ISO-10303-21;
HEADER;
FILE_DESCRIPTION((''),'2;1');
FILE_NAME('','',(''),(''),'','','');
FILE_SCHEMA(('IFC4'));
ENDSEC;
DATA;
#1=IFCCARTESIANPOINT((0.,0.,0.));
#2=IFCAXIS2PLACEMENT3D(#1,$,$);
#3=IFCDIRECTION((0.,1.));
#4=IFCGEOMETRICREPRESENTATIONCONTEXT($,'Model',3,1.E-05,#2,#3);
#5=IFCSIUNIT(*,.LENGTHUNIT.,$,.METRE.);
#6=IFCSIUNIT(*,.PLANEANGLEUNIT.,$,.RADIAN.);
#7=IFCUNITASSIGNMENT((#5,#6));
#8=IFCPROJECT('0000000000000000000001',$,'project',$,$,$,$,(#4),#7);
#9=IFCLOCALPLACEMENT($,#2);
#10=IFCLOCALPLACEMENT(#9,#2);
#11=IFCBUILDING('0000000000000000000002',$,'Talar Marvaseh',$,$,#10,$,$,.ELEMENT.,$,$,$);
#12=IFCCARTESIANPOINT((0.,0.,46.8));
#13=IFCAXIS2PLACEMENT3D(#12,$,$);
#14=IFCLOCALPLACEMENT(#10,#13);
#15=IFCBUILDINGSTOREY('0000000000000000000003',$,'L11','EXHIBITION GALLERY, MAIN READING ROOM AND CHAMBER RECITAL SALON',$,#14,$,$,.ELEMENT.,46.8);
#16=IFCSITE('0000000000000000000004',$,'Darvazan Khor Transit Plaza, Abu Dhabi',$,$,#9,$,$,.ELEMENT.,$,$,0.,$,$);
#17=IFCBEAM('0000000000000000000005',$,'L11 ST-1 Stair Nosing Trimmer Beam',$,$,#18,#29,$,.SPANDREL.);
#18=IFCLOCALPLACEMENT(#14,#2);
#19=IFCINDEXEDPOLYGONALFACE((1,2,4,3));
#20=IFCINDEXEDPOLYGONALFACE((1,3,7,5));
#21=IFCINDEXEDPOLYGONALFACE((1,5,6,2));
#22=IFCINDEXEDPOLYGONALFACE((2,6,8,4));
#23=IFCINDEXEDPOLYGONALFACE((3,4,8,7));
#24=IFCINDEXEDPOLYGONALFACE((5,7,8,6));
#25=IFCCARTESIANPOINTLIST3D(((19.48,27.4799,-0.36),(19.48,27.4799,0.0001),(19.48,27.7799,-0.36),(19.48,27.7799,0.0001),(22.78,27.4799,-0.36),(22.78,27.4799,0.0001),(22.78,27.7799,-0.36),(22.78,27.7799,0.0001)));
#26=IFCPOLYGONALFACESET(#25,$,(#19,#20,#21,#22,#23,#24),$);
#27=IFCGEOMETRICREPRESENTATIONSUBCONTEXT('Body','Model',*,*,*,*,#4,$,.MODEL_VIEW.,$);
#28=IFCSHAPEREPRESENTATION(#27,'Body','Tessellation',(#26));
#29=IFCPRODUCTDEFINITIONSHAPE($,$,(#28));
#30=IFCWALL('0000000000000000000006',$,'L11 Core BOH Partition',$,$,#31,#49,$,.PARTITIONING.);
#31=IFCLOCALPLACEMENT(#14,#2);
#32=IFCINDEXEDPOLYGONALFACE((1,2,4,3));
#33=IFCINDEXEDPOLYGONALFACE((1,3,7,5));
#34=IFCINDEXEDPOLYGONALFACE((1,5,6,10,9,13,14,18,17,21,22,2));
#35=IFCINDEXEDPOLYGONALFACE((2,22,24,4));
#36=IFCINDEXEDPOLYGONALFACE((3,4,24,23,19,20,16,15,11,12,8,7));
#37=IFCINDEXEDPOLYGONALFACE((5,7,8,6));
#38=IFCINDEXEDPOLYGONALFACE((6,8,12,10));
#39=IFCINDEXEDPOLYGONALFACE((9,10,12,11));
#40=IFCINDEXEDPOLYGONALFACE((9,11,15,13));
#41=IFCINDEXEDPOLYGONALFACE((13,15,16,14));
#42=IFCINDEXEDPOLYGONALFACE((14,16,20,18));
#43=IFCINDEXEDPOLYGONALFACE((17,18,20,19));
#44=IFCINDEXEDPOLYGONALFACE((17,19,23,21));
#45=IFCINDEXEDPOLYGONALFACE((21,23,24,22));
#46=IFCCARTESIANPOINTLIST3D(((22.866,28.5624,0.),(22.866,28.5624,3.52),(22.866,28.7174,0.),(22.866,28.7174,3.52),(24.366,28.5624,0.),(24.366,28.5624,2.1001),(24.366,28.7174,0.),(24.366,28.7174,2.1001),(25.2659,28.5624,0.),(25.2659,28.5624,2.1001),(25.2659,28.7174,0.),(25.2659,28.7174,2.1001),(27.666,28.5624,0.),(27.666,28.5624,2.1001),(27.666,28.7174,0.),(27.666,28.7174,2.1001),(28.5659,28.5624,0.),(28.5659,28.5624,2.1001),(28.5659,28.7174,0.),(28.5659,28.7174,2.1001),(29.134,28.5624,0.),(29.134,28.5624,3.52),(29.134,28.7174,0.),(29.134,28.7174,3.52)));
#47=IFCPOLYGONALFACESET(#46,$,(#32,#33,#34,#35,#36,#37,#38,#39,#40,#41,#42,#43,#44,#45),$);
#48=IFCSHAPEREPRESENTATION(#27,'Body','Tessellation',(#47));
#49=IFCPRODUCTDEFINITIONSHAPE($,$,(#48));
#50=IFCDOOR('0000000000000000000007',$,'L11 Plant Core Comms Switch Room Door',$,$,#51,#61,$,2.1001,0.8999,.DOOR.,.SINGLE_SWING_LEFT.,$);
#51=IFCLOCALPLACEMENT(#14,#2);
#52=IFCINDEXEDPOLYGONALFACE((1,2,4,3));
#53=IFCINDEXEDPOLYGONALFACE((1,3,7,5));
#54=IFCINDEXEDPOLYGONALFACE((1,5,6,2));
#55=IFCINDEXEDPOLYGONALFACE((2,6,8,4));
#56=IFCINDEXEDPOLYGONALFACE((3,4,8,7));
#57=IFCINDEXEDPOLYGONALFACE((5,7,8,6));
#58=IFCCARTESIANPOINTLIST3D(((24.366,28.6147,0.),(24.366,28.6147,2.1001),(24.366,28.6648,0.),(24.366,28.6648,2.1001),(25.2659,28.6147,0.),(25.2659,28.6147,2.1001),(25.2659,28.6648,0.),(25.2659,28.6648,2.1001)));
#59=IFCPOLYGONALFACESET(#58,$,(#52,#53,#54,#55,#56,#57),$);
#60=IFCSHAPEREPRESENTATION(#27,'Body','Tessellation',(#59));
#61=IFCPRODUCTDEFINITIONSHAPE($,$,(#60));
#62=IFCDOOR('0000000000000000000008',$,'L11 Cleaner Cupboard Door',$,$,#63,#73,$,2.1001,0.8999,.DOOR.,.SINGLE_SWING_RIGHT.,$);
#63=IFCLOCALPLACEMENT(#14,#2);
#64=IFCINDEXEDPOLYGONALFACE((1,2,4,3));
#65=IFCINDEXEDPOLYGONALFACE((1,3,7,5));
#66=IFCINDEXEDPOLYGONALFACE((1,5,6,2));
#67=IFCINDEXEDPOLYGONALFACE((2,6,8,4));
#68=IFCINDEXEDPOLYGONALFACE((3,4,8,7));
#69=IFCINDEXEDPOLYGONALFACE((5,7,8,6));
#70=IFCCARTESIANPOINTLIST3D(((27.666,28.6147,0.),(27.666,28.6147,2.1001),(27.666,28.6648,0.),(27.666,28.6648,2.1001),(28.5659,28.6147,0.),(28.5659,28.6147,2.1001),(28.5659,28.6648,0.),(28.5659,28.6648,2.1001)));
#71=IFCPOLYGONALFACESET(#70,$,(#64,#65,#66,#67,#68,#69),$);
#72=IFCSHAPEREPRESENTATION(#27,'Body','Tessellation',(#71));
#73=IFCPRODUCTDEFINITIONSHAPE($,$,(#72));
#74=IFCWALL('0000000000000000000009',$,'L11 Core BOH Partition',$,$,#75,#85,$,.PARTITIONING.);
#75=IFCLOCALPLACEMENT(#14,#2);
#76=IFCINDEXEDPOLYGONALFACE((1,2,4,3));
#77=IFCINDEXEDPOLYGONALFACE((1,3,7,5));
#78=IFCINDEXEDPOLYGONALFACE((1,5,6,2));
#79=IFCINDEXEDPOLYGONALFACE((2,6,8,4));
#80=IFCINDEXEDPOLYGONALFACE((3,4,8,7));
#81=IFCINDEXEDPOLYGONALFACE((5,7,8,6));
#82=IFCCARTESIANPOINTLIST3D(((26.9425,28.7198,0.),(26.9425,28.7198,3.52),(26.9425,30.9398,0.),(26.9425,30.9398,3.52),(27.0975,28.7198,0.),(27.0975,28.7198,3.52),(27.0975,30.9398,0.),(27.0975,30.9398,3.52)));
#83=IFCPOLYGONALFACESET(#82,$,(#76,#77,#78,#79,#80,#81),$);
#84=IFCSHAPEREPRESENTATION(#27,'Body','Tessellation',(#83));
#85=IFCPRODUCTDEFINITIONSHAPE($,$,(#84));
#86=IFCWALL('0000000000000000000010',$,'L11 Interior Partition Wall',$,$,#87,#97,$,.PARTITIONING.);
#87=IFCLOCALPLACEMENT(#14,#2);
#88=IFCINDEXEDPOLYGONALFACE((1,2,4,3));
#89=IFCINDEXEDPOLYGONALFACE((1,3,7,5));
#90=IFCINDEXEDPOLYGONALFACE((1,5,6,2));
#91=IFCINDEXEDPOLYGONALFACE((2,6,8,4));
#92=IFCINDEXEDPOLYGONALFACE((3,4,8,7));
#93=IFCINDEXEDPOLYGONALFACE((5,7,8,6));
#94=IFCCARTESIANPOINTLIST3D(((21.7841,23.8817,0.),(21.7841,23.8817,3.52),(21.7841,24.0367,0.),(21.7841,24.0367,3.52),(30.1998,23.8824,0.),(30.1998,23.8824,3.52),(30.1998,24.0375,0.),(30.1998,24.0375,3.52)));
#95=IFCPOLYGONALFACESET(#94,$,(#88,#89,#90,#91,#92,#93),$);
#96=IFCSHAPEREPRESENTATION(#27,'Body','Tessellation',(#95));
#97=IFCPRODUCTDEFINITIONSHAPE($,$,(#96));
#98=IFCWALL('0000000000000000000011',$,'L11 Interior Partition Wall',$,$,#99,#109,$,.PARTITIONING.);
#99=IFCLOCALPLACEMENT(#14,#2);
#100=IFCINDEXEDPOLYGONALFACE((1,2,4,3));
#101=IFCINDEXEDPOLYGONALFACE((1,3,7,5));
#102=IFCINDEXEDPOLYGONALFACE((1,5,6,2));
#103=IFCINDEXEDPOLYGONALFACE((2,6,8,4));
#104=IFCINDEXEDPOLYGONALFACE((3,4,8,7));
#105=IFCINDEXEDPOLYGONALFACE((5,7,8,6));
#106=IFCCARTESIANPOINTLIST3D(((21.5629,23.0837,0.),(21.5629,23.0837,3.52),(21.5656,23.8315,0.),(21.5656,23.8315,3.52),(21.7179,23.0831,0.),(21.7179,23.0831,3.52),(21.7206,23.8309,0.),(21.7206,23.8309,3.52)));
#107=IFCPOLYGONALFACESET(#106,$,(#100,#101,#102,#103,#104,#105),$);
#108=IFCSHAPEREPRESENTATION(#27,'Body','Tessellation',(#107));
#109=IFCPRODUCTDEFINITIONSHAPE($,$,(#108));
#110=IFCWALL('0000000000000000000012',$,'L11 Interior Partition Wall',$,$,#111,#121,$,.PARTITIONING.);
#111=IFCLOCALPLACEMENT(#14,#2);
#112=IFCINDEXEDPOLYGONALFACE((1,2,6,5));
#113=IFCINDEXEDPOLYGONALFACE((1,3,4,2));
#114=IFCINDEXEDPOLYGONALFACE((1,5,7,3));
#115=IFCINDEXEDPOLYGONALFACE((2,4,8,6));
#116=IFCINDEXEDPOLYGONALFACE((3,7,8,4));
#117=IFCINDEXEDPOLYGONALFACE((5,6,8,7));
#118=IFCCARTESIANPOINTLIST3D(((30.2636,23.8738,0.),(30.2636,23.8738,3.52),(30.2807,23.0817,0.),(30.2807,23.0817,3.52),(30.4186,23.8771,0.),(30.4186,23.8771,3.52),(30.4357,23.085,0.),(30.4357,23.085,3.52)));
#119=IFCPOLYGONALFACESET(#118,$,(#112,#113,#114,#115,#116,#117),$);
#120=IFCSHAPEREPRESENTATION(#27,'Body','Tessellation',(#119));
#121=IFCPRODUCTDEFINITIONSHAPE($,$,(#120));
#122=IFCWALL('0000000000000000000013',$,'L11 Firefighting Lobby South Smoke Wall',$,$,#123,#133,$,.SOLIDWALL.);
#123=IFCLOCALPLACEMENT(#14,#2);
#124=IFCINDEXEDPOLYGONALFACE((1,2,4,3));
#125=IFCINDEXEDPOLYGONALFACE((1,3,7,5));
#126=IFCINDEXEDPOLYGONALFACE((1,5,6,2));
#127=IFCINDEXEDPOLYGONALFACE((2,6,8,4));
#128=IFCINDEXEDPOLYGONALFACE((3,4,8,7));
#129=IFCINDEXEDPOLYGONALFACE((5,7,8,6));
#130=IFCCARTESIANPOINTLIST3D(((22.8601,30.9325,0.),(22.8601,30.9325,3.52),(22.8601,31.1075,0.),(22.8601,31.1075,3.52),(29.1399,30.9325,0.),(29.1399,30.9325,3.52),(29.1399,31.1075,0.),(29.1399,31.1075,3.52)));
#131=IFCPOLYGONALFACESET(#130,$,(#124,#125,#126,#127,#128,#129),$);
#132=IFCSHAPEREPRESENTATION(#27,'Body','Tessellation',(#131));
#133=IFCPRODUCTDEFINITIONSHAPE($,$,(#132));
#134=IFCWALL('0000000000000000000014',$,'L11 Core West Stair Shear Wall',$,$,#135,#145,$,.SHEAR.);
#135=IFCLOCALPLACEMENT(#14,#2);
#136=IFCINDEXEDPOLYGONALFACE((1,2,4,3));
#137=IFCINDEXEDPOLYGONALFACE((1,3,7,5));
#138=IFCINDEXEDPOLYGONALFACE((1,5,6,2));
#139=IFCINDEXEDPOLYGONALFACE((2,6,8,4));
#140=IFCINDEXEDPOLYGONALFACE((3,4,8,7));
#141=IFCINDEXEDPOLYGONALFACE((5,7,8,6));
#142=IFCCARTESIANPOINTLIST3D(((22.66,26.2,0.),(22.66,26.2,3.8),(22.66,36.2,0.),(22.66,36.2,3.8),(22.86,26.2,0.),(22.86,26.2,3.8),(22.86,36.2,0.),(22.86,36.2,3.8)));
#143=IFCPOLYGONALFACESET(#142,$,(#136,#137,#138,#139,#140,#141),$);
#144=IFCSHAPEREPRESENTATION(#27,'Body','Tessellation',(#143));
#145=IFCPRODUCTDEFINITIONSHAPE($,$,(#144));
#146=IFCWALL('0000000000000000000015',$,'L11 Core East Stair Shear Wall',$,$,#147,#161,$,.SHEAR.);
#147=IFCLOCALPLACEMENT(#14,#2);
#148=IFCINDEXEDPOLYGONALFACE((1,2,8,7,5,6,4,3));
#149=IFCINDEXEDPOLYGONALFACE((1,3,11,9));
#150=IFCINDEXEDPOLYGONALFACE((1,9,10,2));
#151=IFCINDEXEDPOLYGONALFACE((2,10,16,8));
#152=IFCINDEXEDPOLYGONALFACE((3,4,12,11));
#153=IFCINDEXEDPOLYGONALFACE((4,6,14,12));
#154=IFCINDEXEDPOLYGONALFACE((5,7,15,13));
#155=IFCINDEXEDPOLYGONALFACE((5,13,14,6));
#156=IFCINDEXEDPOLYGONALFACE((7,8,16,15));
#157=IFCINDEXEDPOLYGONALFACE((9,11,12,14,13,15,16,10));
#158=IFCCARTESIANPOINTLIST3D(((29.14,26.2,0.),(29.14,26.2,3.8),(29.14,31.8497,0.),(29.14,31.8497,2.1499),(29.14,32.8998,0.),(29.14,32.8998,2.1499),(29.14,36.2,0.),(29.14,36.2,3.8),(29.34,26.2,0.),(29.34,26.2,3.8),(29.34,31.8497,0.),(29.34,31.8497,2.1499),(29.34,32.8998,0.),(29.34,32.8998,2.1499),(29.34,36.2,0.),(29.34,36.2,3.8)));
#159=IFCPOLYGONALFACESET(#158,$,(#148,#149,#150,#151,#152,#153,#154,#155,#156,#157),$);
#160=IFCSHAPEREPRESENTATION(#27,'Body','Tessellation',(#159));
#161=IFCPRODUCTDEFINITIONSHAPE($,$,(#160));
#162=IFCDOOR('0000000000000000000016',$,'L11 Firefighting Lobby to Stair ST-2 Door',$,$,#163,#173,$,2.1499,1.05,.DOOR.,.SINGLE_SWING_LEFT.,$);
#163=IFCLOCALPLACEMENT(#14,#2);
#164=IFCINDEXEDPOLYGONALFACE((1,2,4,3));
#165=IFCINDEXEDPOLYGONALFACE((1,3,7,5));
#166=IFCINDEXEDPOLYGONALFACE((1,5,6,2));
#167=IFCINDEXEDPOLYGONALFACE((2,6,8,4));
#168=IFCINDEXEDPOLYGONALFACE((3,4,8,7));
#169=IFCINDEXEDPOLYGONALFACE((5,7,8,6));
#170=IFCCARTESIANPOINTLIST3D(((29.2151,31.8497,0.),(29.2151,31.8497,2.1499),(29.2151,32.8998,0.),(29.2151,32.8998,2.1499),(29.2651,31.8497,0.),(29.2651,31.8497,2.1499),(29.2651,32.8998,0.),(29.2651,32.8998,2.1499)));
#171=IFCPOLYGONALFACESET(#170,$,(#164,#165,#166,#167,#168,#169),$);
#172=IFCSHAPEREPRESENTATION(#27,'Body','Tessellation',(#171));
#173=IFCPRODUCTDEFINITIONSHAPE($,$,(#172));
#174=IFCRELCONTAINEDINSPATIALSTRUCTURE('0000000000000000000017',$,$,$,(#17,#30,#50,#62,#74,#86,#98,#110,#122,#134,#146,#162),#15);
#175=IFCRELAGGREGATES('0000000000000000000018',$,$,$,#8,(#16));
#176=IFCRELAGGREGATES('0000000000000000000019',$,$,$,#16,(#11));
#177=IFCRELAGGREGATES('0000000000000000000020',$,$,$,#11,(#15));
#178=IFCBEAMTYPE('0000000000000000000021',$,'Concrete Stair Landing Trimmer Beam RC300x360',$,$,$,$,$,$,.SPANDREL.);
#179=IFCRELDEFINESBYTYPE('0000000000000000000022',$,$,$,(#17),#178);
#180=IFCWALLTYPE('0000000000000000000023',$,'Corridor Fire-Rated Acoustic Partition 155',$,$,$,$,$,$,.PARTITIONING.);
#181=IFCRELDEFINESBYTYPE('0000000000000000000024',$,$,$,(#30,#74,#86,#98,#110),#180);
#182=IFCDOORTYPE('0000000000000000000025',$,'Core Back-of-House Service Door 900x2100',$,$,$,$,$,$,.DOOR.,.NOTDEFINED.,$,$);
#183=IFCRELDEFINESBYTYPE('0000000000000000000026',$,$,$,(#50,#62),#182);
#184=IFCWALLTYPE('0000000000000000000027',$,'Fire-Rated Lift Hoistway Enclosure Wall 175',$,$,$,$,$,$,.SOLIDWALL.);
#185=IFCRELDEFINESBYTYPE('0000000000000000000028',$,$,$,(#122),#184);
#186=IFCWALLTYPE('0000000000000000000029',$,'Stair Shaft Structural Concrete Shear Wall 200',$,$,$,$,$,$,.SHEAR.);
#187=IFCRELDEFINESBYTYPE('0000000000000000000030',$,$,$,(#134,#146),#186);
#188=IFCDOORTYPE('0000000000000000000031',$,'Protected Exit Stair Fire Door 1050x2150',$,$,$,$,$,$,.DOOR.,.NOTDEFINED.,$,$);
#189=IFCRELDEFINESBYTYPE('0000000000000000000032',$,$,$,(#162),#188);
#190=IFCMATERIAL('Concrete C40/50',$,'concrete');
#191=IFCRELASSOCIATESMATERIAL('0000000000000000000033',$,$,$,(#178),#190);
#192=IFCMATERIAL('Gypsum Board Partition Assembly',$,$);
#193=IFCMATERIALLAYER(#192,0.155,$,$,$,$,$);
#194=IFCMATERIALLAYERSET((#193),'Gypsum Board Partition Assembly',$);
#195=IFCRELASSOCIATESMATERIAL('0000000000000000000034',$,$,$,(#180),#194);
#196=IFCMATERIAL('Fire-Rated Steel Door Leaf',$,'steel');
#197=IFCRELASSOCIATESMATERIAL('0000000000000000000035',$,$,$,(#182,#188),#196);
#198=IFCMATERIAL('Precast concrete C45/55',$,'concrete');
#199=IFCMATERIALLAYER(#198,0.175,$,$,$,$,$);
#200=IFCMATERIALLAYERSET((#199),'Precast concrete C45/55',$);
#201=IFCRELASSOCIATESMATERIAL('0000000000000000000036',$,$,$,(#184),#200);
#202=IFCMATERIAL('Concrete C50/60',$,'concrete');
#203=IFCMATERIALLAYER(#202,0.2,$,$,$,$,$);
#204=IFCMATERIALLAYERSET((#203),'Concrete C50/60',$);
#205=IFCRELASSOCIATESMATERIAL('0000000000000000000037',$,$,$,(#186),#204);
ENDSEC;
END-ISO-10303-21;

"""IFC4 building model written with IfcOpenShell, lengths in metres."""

from ifc_helpers import new_model, si_unit, direction, frame, frame_2d, origin, origin_2d, place, context, subcontext, project, spatial, rectangle, extrude, source, transform, mapped, material, layer, layer_set, material_profile, profile_set, type_object, type_shapes, element, fill, save


model = new_model("IFC4")

# Units and contexts
model_context = context("Model", 3, precision=1e-05, world=origin(), true_north=direction((0.0, 1.0)))
body_context = subcontext(model_context, "Body", "Model", "MODEL_VIEW")
ifc_project = project(units=[si_unit("LENGTHUNIT", "METRE"), si_unit("PLANEANGLEUNIT", "RADIAN")], contexts=[model_context])

# Site, building, storey
site_placement = place(None, origin())
site = spatial("IfcSite", under=ifc_project, at=site_placement, Name="Darvazan Khor Transit Plaza, Abu Dhabi", CompositionType="ELEMENT", RefElevation=0.0)
building_placement = place(site_placement, origin())
building = spatial("IfcBuilding", under=site, at=building_placement, Name="Talar Marvaseh", CompositionType="ELEMENT")
storey_placement = place(building_placement, frame((0.0, 0.0, 46.8)))
storey = spatial("IfcBuildingStorey", under=building, at=storey_placement, Name="L11", Description="EXHIBITION GALLERY, MAIN READING ROOM AND CHAMBER RECITAL SALON", CompositionType="ELEMENT", Elevation=46.8)

# Beam
ifc_material_1 = material(Name="Concrete C40/50", Category="concrete")
ifc_material_profile = material_profile(ifc_material_1, rectangle(XDim=0.3, YDim=0.3601, at=origin_2d()), Name="RC300x360")
ifc_profile_set = profile_set([ifc_material_profile], Name="Concrete C40/50")
beam_type = type_object("IfcBeamType", Name="Concrete Stair Landing Trimmer Beam RC300x360", PredefinedType="SPANDREL", material=ifc_profile_set)
beam_placement = place(storey_placement, frame((22.78, 27.6299, -0.1799), z_axis=(-1.0, 0.0, 0.0), x_axis=(0.0, -1.0, 0.0)))
element("IfcBeam", 1, at=beam_placement, inside=storey, type_object=beam_type, Name="L11 ST-1 Stair Nosing Trimmer Beam", PredefinedType="SPANDREL", context=body_context, shape_type="SweptSolid", body=[
    extrude(rectangle(XDim=0.3, YDim=0.3601, at=origin_2d()), origin(), (0.0, 0.0, 1.0), 3.3),
])

# Wall, openings, doors
ifc_material_2 = material(Name="Gypsum Board Partition Assembly")
ifc_layer_1 = layer(ifc_material_2, 0.155)
ifc_layer_set_1 = layer_set([ifc_layer_1], Name="Gypsum Board Partition Assembly")
wall_type_1 = type_object("IfcWallType", Name="Corridor Fire-Rated Acoustic Partition 155", PredefinedType="PARTITIONING", material=ifc_layer_set_1)
wall_1_placement = place(storey_placement, frame((22.866, 28.6399, 0.0), z_axis=(0.0, 0.0, 1.0), x_axis=(1.0, 0.0, 0.0)))
wall_1 = element("IfcWall", 2, at=wall_1_placement, inside=storey, type_object=wall_type_1, Name="L11 Core BOH Partition", PredefinedType="PARTITIONING", context=body_context, shape_type="SweptSolid", body=[
    extrude(rectangle(XDim=6.2681, YDim=0.155, at=frame_2d((3.134, 0.0))), origin(), (0.0, 0.0, 1.0), 3.52),
])
opening_1_placement = place(wall_1_placement, frame((1.5, 0.0, 0.0)))
opening_1 = element("IfcOpeningElement", 3, at=opening_1_placement, cuts=wall_1, PredefinedType="OPENING", context=body_context, shape_type="SweptSolid", body=[
    extrude(rectangle(XDim=0.8999, YDim=2.1001, at=frame_2d((0.45, 1.05))), frame((0.0, 0.0874, 0.0), z_axis=(0.0, -1.0, 0.0), x_axis=(1.0, 0.0, 0.0)), (0.0, 0.0, 1.0), 0.175),
])
opening_2_placement = place(wall_1_placement, frame((4.8, 0.0, 0.0)))
opening_2 = element("IfcOpeningElement", 4, at=opening_2_placement, cuts=wall_1, PredefinedType="OPENING", context=body_context, shape_type="SweptSolid", body=[
    extrude(rectangle(XDim=0.8999, YDim=2.1001, at=frame_2d((0.45, 1.05))), frame((0.0, 0.0874, 0.0), z_axis=(0.0, -1.0, 0.0), x_axis=(1.0, 0.0, 0.0)), (0.0, 0.0, 1.0), 0.175),
])
ifc_material_3 = material(Name="Fire-Rated Steel Door Leaf", Category="steel")
door_type_1 = type_object("IfcDoorType", Name="Core Back-of-House Service Door 900x2100", OperationType="NOTDEFINED", PredefinedType="DOOR", material=ifc_material_3)
shared_shape_1 = source(origin(), body_context, "Body", "SweptSolid", [
    extrude(rectangle(XDim=0.8999, YDim=2.1001, at=frame_2d((0.45, 1.05))), frame((0.0, 0.0249, 0.0), z_axis=(0.0, -1.0, 0.0), x_axis=(1.0, 0.0, 0.0)), (0.0, 0.0, 1.0), 0.05),
])
type_shapes(door_type_1, [shared_shape_1])
door_1_placement = place(opening_1_placement, origin())
door_1 = element("IfcDoor", 5, at=door_1_placement, inside=storey, type_object=door_type_1, Name="L11 Plant Core Comms Switch Room Door", OperationType="SINGLE_SWING_LEFT", OverallHeight=2.1001, OverallWidth=0.8999, PredefinedType="DOOR", context=body_context, shape_type="MappedRepresentation", body=[
    mapped(shared_shape_1, transform((0.0, 0.0, 0.0), x_axis=(1.0, 0.0, 0.0), y_axis=(0.0, 1.0, 0.0), z_axis=(0.0, 0.0, 1.0), scale=1.0)),
])
fill(opening_1, door_1)
door_2_placement = place(opening_2_placement, origin())
door_2 = element("IfcDoor", 6, at=door_2_placement, inside=storey, type_object=door_type_1, Name="L11 Cleaner Cupboard Door", OperationType="SINGLE_SWING_RIGHT", OverallHeight=2.1001, OverallWidth=0.8999, PredefinedType="DOOR", context=body_context, shape_type="MappedRepresentation", body=[
    mapped(shared_shape_1, transform((0.0, 0.0, 0.0), x_axis=(1.0, 0.0, 0.0), y_axis=(0.0, 1.0, 0.0), z_axis=(0.0, 0.0, 1.0), scale=1.0)),
])
fill(opening_2, door_2)

# Walls
wall_2_placement = place(storey_placement, frame((27.02, 28.72, 0.0), z_axis=(0.0, 0.0, 1.0), x_axis=(0.0, 1.0, 0.0)))
element("IfcWall", 7, at=wall_2_placement, inside=storey, type_object=wall_type_1, Name="L11 Core BOH Partition", PredefinedType="PARTITIONING", context=body_context, shape_type="SweptSolid", body=[
    extrude(rectangle(XDim=2.22, YDim=0.155, at=frame_2d((1.1099, 0.0))), origin(), (0.0, 0.0, 1.0), 3.52),
])
wall_3_placement = place(storey_placement, frame((30.2, 23.96, 0.0), z_axis=(0.0, 0.0, 1.0), x_axis=(-1.0, -0.000087, 0.0)))
element("IfcWall", 8, at=wall_3_placement, inside=storey, type_object=wall_type_1, Name="L11 Interior Partition Wall", PredefinedType="PARTITIONING", context=body_context, shape_type="SweptSolid", body=[
    extrude(rectangle(XDim=8.4158, YDim=0.155, at=frame_2d((4.208, 0.0))), origin(), (0.0, 0.0, 1.0), 3.52),
])
wall_4_placement = place(storey_placement, frame((21.6431, 23.8313, 0.0), z_axis=(0.0, 0.0, 1.0), x_axis=(-0.003591, -0.999994, 0.0)))
element("IfcWall", 9, at=wall_4_placement, inside=storey, type_object=wall_type_1, Name="L11 Interior Partition Wall", PredefinedType="PARTITIONING", context=body_context, shape_type="SweptSolid", body=[
    extrude(rectangle(XDim=0.7478, YDim=0.155, at=frame_2d((0.374, 0.0))), origin(), (0.0, 0.0, 1.0), 3.52),
])
wall_5_placement = place(storey_placement, frame((30.3582, 23.0835, 0.0), z_axis=(0.0, 0.0, 1.0), x_axis=(-0.021573, 0.999767, 0.0)))
element("IfcWall", 10, at=wall_5_placement, inside=storey, type_object=wall_type_1, Name="L11 Interior Partition Wall", PredefinedType="PARTITIONING", context=body_context, shape_type="SweptSolid", body=[
    extrude(rectangle(XDim=0.7922, YDim=0.155, at=frame_2d((0.396, 0.0))), origin(), (0.0, 0.0, 1.0), 3.52),
])
ifc_material_4 = material(Name="Precast concrete C45/55", Category="concrete")
ifc_layer_2 = layer(ifc_material_4, 0.175)
ifc_layer_set_2 = layer_set([ifc_layer_2], Name="Precast concrete C45/55")
wall_type_2 = type_object("IfcWallType", Name="Fire-Rated Lift Hoistway Enclosure Wall 175", PredefinedType="SOLIDWALL", material=ifc_layer_set_2)
wall_6_placement = place(storey_placement, frame((22.8601, 31.02, 0.0), z_axis=(0.0, 0.0, 1.0), x_axis=(1.0, 0.0, 0.0)))
element("IfcWall", 11, at=wall_6_placement, inside=storey, type_object=wall_type_2, Name="L11 Firefighting Lobby South Smoke Wall", PredefinedType="SOLIDWALL", context=body_context, shape_type="SweptSolid", body=[
    extrude(rectangle(XDim=6.2798, YDim=0.175, at=frame_2d((3.1399, 0.0))), origin(), (0.0, 0.0, 1.0), 3.52),
])
ifc_material_5 = material(Name="Concrete C50/60", Category="concrete")
ifc_layer_3 = layer(ifc_material_5, 0.2)
ifc_layer_set_3 = layer_set([ifc_layer_3], Name="Concrete C50/60")
wall_type_3 = type_object("IfcWallType", Name="Stair Shaft Structural Concrete Shear Wall 200", PredefinedType="SHEAR", material=ifc_layer_set_3)
wall_7_placement = place(storey_placement, frame((22.76, 26.2, 0.0), z_axis=(0.0, 0.0, 1.0), x_axis=(0.0, 1.0, 0.0)))
element("IfcWall", 12, at=wall_7_placement, inside=storey, type_object=wall_type_3, Name="L11 Core West Stair Shear Wall", PredefinedType="SHEAR", context=body_context, shape_type="SweptSolid", body=[
    extrude(rectangle(XDim=10.0, YDim=0.2, at=frame_2d((5.0, 0.0))), origin(), (0.0, 0.0, 1.0), 3.8),
])

# Wall, opening, door
wall_8_placement = place(storey_placement, frame((29.24, 26.2, 0.0), z_axis=(0.0, 0.0, 1.0), x_axis=(0.0, 1.0, 0.0)))
wall_8 = element("IfcWall", 13, at=wall_8_placement, inside=storey, type_object=wall_type_3, Name="L11 Core East Stair Shear Wall", PredefinedType="SHEAR", context=body_context, shape_type="SweptSolid", body=[
    extrude(rectangle(XDim=10.0, YDim=0.2, at=frame_2d((5.0, 0.0))), origin(), (0.0, 0.0, 1.0), 3.8),
])
opening_3_placement = place(wall_8_placement, frame((5.6499, 0.0, 0.0)))
opening_3 = element("IfcOpeningElement", 14, at=opening_3_placement, cuts=wall_8, PredefinedType="OPENING", context=body_context, shape_type="SweptSolid", body=[
    extrude(rectangle(XDim=1.05, YDim=2.1499, at=frame_2d((0.5249, 1.075))), frame((0.0, 0.1099, 0.0), z_axis=(0.0, -1.0, 0.0), x_axis=(1.0, 0.0, 0.0)), (0.0, 0.0, 1.0), 0.22),
])
door_type_2 = type_object("IfcDoorType", Name="Protected Exit Stair Fire Door 1050x2150", OperationType="NOTDEFINED", PredefinedType="DOOR", material=ifc_material_3)
shared_shape_2 = source(origin(), body_context, "Body", "SweptSolid", [
    extrude(rectangle(XDim=1.05, YDim=2.1499, at=frame_2d((0.5249, 1.075))), frame((0.0, 0.0249, 0.0), z_axis=(0.0, -1.0, 0.0), x_axis=(1.0, 0.0, 0.0)), (0.0, 0.0, 1.0), 0.05),
])
type_shapes(door_type_2, [shared_shape_2])
door_3_placement = place(opening_3_placement, origin())
door_3 = element("IfcDoor", 15, at=door_3_placement, inside=storey, type_object=door_type_2, Name="L11 Firefighting Lobby to Stair ST-2 Door", OperationType="SINGLE_SWING_LEFT", OverallHeight=2.1499, OverallWidth=1.05, PredefinedType="DOOR", context=body_context, shape_type="MappedRepresentation", body=[
    mapped(shared_shape_2, transform((0.0, 0.0, 0.0), x_axis=(1.0, 0.0, 0.0), y_axis=(0.0, 1.0, 0.0), z_axis=(0.0, 0.0, 1.0), scale=1.0)),
])
fill(opening_3, door_3)

save(model, "model.ifc")
